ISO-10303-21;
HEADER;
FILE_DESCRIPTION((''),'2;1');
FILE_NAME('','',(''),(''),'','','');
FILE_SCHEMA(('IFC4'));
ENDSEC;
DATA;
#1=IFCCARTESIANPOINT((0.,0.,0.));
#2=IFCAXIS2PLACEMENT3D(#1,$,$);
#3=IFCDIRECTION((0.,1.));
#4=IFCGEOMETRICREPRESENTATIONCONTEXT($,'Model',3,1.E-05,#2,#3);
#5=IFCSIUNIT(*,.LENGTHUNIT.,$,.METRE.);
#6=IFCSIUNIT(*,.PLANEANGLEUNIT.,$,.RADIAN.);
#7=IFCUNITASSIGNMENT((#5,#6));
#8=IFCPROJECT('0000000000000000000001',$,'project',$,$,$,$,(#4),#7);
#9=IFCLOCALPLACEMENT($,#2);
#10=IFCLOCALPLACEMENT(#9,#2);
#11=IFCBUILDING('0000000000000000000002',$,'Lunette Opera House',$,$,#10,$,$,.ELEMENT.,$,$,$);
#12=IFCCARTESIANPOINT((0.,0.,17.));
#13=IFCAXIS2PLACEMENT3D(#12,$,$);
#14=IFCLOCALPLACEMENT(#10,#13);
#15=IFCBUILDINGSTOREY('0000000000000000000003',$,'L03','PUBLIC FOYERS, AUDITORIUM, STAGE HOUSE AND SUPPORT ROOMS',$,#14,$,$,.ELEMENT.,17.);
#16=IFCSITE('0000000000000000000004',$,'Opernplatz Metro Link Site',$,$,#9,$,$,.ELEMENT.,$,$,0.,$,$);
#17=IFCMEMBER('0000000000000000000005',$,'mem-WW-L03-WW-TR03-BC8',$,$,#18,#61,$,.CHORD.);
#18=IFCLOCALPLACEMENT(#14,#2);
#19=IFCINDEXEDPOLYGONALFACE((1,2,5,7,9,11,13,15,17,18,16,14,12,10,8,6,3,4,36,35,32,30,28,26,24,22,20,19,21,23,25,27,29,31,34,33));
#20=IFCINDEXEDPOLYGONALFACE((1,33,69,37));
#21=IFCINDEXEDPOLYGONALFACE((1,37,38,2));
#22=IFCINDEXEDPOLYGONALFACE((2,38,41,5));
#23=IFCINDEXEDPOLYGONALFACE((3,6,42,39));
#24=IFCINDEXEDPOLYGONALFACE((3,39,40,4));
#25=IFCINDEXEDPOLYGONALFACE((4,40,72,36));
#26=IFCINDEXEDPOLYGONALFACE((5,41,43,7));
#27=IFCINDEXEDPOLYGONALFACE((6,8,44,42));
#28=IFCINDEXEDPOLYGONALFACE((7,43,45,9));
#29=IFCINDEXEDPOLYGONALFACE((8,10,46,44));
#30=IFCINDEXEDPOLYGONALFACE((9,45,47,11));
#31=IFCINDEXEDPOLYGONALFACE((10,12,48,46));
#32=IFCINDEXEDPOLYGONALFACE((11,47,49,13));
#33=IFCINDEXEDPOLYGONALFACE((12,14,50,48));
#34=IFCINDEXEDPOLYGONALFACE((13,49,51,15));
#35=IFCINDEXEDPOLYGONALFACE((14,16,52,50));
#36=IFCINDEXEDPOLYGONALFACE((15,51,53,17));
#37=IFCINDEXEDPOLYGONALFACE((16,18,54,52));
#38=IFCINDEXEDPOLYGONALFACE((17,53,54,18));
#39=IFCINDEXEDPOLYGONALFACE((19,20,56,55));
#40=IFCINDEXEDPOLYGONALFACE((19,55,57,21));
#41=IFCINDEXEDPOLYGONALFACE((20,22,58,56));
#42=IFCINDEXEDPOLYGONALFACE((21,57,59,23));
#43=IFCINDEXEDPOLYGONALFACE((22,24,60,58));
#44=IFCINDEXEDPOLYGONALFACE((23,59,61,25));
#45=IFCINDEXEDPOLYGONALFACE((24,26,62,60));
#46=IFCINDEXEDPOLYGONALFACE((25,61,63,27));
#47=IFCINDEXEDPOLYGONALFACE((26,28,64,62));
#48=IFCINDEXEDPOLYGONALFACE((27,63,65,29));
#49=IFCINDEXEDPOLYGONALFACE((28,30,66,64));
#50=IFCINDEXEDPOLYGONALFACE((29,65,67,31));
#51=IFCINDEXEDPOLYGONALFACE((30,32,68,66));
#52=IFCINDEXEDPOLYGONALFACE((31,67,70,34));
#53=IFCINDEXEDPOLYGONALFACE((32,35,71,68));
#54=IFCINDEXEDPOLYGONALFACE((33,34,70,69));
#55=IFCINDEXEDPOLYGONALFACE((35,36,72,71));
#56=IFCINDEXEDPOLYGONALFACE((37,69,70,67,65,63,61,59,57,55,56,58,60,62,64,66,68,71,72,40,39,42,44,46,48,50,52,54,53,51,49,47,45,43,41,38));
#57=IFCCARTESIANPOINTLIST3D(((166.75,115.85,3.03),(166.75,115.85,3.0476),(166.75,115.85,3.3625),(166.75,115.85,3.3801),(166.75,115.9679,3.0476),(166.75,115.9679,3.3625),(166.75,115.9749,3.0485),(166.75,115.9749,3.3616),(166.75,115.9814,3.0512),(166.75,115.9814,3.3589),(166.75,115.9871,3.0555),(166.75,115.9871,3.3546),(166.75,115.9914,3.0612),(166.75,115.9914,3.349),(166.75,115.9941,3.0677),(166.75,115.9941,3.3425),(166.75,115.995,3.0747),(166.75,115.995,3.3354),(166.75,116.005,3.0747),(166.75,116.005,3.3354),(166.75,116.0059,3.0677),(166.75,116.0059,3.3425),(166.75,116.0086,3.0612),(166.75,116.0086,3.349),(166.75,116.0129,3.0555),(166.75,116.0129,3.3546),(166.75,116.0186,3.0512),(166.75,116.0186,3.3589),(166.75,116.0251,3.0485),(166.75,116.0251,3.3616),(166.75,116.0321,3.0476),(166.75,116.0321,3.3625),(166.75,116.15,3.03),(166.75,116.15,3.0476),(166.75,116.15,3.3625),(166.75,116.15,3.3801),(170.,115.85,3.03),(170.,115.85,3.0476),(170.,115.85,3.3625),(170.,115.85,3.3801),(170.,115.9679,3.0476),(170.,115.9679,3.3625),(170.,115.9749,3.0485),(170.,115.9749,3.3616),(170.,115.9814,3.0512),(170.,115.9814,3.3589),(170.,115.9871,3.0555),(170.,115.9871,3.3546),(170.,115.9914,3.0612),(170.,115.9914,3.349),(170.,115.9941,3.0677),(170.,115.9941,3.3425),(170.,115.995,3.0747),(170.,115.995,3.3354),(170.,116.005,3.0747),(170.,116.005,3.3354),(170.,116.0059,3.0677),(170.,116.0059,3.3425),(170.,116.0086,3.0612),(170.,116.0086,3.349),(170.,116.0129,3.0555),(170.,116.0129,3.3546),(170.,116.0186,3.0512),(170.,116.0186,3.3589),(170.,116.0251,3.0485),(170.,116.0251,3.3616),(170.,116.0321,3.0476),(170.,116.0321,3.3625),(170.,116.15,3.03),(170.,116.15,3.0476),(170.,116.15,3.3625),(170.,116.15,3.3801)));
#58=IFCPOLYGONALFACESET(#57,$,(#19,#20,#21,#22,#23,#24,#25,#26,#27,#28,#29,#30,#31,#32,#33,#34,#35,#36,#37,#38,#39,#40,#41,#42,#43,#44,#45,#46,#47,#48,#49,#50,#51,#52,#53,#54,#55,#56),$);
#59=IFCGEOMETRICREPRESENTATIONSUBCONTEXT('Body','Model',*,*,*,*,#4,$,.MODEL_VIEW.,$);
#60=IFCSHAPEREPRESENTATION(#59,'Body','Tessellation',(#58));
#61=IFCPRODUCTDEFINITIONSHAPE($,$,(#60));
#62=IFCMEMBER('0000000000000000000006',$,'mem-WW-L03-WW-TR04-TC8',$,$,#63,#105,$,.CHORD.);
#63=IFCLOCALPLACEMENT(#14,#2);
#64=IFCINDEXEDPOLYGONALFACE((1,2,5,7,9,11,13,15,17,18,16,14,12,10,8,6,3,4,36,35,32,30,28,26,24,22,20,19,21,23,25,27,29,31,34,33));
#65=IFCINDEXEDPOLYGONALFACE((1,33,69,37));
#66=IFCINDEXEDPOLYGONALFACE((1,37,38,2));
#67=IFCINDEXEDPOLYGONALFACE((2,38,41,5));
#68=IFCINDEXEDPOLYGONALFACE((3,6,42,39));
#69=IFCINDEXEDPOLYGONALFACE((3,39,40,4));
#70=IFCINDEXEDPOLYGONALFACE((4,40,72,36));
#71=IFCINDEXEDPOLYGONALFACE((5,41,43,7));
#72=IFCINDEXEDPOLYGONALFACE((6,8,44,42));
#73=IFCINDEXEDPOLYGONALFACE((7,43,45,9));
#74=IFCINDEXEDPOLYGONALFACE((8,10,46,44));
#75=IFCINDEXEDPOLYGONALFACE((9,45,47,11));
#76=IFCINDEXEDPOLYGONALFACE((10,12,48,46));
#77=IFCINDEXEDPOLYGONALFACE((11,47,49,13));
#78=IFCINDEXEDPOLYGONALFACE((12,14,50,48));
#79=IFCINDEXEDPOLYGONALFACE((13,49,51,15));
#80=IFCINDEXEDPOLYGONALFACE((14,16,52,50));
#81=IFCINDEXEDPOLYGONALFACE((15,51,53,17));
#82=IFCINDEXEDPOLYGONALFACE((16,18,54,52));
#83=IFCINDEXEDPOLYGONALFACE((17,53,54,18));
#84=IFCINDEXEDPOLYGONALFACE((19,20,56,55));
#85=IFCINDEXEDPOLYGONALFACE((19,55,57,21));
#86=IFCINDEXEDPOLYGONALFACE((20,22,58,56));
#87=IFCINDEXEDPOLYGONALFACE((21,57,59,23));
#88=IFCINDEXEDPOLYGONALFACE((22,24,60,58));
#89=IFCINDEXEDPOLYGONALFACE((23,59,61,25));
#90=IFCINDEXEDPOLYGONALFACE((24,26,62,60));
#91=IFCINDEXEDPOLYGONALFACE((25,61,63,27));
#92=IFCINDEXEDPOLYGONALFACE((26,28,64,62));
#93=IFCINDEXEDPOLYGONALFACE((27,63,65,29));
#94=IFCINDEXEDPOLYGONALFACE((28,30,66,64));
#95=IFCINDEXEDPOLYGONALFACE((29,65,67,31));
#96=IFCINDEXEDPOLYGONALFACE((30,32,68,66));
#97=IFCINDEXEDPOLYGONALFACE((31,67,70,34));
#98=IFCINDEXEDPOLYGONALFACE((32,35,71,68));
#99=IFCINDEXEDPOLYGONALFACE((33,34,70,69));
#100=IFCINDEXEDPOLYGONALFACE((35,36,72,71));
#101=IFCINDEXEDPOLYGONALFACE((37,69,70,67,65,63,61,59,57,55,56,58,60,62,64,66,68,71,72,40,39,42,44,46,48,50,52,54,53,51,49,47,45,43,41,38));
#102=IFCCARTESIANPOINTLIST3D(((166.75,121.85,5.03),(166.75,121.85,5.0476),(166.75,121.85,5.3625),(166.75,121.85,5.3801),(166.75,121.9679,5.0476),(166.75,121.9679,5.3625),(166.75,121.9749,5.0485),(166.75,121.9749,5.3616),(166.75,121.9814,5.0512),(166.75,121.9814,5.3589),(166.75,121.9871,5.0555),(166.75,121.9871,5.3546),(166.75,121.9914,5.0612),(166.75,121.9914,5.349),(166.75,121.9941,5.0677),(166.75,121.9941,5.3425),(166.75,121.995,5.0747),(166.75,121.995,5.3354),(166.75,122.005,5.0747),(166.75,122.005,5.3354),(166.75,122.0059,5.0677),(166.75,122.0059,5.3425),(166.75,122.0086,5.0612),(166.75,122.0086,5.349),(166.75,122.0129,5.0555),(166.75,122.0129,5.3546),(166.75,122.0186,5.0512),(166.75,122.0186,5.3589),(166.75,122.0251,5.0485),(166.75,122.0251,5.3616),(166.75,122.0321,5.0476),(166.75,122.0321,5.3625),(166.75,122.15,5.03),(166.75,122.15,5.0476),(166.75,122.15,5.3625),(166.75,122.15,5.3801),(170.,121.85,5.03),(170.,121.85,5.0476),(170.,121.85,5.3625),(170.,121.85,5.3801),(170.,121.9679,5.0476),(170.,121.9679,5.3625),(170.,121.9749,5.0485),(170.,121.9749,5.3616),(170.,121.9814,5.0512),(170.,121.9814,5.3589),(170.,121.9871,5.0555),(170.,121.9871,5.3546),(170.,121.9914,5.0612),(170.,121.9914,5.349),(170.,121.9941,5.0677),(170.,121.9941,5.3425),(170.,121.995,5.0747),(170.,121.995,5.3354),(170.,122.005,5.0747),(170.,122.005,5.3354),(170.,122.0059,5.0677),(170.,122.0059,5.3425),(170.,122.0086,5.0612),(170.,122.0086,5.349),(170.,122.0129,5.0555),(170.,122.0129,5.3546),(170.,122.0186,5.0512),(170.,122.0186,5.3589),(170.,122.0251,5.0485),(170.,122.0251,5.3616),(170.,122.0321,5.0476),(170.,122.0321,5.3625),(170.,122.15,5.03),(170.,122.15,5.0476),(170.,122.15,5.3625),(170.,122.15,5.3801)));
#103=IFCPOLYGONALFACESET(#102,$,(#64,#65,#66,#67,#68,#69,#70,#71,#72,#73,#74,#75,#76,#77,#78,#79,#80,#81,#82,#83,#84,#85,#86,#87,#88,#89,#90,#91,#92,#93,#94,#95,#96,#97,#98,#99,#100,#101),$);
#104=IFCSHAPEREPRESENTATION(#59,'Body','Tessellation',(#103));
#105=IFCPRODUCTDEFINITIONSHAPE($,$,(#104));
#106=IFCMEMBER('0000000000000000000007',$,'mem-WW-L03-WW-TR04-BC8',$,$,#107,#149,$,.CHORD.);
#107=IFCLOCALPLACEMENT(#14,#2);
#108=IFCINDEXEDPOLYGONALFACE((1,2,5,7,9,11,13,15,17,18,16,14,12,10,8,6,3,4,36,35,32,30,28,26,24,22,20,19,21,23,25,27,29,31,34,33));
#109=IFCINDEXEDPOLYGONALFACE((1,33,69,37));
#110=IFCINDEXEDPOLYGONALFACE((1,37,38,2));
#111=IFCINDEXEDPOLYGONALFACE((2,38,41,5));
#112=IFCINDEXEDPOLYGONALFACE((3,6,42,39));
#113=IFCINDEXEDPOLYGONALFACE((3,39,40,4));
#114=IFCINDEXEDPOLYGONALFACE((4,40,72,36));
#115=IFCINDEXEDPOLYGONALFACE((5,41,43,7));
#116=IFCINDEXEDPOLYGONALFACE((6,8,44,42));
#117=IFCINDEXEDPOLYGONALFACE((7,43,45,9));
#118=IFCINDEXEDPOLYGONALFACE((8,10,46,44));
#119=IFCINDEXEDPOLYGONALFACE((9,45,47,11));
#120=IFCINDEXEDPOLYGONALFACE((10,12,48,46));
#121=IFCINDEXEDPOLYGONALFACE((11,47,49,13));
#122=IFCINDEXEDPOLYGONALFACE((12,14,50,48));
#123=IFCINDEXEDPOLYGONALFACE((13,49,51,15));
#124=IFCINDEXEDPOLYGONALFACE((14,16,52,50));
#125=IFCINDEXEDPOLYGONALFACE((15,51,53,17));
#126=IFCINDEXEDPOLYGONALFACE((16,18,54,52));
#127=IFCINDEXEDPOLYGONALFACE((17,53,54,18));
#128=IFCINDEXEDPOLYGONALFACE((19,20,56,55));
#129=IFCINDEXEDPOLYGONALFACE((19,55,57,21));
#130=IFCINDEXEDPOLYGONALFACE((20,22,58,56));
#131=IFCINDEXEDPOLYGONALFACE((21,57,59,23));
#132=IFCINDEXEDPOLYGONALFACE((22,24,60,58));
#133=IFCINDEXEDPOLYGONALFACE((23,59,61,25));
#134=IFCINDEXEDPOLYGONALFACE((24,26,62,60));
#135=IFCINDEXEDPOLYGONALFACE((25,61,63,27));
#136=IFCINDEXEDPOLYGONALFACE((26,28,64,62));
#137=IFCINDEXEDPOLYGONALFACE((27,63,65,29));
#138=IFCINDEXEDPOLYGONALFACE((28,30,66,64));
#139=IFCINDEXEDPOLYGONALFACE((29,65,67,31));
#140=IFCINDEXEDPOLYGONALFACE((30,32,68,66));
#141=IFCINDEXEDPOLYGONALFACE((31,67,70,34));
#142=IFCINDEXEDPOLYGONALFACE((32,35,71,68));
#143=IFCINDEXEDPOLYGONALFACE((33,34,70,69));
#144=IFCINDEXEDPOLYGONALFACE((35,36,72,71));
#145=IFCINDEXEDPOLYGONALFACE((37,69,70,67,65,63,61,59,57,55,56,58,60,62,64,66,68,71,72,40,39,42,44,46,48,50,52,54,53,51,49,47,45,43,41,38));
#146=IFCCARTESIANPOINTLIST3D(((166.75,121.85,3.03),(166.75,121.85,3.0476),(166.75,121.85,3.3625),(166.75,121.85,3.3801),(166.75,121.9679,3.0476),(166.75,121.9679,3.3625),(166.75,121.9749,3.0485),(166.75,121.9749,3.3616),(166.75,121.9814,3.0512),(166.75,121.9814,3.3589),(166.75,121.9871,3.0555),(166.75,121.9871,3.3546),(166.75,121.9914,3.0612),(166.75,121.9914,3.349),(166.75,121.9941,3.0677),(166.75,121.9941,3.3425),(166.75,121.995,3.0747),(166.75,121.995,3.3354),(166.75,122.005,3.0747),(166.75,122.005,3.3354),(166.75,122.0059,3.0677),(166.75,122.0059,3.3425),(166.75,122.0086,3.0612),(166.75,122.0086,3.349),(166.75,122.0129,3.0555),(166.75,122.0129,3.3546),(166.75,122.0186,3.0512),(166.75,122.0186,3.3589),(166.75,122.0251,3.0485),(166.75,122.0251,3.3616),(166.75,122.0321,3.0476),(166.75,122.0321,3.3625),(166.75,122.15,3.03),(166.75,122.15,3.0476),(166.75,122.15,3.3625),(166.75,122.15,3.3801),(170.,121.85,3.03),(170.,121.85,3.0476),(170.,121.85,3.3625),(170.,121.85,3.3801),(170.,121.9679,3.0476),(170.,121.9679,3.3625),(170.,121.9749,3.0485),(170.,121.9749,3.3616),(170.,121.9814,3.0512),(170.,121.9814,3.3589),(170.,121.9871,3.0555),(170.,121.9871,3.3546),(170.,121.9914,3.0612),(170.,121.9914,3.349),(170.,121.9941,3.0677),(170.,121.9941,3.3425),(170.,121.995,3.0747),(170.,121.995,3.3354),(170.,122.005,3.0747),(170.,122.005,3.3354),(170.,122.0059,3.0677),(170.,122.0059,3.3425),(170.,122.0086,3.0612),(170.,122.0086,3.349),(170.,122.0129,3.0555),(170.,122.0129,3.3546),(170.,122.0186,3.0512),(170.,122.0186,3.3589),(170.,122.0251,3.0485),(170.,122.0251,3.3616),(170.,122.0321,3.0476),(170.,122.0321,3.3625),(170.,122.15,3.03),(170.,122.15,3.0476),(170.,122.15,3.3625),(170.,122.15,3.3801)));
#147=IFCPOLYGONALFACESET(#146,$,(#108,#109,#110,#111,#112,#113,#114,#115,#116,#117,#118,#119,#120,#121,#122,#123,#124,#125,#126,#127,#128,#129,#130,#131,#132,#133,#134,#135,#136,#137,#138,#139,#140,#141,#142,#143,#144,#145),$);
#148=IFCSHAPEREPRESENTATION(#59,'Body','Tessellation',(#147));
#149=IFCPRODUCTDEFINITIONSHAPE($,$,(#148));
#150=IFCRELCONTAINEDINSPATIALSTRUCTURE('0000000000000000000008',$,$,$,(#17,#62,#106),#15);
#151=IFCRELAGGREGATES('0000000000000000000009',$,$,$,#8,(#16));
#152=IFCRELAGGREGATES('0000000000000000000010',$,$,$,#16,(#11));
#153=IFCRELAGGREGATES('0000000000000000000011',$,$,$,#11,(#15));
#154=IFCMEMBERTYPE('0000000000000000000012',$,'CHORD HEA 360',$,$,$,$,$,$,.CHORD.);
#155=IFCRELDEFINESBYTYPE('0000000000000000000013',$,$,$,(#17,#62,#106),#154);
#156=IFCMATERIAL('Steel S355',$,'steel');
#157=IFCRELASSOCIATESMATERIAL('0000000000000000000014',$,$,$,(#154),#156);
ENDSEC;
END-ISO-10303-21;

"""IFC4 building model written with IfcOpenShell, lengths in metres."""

from ifc_helpers import new_model, si_unit, direction, frame, origin, origin_2d, place, context, subcontext, project, spatial, i_section, extrude, material, material_profile, profile_set, type_object, element, save


model = new_model("IFC4")

# Units and contexts
model_context = context("Model", 3, precision=1e-05, world=origin(), true_north=direction((0.0, 1.0)))
body_context = subcontext(model_context, "Body", "Model", "MODEL_VIEW")
ifc_project = project(units=[si_unit("LENGTHUNIT", "METRE"), si_unit("PLANEANGLEUNIT", "RADIAN")], contexts=[model_context])

# Site, building, storey
site_placement = place(None, origin())
site = spatial("IfcSite", under=ifc_project, at=site_placement, Name="Opernplatz Metro Link Site", CompositionType="ELEMENT", RefElevation=0.0)
building_placement = place(site_placement, origin())
building = spatial("IfcBuilding", under=site, at=building_placement, Name="Lunette Opera House", CompositionType="ELEMENT")
storey_placement = place(building_placement, frame((0.0, 0.0, 17.0)))
storey = spatial("IfcBuildingStorey", under=building, at=storey_placement, Name="L03", Description="PUBLIC FOYERS, AUDITORIUM, STAGE HOUSE AND SUPPORT ROOMS", CompositionType="ELEMENT", Elevation=17.0)

# Members
ifc_material_1 = material(Name="Steel S355", Category="steel")
ifc_material_profile_1 = material_profile(ifc_material_1, i_section(OverallWidth=0.3, OverallDepth=0.3501, WebThickness=0.01, FlangeThickness=0.0176, FilletRadius=0.0271, at=origin_2d()), Name="HEA 360")
ifc_profile_set_1 = profile_set([ifc_material_profile_1], Name="Steel S355")
member_type_1 = type_object("IfcMemberType", Name="CHORD HEA 360", PredefinedType="CHORD", material=ifc_profile_set_1)
for number, where, z_axis, x_axis, name in (
    (1, (166.75, 116.0, 3.2051), (1.0, 0.0, 0.0), (0.0, 1.0, 0.0), "mem-WW-L03-WW-TR03-BC8"),
    (2, (166.75, 122.0, 5.2051), (1.0, 0.0, 0.0), (0.0, 1.0, 0.0), "mem-WW-L03-WW-TR04-TC8"),
    (3, (166.75, 122.0, 3.2051), (1.0, 0.0, 0.0), (0.0, 1.0, 0.0), "mem-WW-L03-WW-TR04-BC8"),
):
    element("IfcMember", number, at=place(storey_placement, frame(where, z_axis=z_axis, x_axis=x_axis)), inside=storey, type_object=member_type_1, Name=name, PredefinedType="CHORD", context=body_context, shape_type="SweptSolid", body=[
        extrude(i_section(OverallWidth=0.3, OverallDepth=0.3501, WebThickness=0.01, FlangeThickness=0.0176, FilletRadius=0.0271, at=origin_2d()), origin(), (0.0, 0.0, 1.0), 3.25),
    ])

save(model, "model.ifc")
